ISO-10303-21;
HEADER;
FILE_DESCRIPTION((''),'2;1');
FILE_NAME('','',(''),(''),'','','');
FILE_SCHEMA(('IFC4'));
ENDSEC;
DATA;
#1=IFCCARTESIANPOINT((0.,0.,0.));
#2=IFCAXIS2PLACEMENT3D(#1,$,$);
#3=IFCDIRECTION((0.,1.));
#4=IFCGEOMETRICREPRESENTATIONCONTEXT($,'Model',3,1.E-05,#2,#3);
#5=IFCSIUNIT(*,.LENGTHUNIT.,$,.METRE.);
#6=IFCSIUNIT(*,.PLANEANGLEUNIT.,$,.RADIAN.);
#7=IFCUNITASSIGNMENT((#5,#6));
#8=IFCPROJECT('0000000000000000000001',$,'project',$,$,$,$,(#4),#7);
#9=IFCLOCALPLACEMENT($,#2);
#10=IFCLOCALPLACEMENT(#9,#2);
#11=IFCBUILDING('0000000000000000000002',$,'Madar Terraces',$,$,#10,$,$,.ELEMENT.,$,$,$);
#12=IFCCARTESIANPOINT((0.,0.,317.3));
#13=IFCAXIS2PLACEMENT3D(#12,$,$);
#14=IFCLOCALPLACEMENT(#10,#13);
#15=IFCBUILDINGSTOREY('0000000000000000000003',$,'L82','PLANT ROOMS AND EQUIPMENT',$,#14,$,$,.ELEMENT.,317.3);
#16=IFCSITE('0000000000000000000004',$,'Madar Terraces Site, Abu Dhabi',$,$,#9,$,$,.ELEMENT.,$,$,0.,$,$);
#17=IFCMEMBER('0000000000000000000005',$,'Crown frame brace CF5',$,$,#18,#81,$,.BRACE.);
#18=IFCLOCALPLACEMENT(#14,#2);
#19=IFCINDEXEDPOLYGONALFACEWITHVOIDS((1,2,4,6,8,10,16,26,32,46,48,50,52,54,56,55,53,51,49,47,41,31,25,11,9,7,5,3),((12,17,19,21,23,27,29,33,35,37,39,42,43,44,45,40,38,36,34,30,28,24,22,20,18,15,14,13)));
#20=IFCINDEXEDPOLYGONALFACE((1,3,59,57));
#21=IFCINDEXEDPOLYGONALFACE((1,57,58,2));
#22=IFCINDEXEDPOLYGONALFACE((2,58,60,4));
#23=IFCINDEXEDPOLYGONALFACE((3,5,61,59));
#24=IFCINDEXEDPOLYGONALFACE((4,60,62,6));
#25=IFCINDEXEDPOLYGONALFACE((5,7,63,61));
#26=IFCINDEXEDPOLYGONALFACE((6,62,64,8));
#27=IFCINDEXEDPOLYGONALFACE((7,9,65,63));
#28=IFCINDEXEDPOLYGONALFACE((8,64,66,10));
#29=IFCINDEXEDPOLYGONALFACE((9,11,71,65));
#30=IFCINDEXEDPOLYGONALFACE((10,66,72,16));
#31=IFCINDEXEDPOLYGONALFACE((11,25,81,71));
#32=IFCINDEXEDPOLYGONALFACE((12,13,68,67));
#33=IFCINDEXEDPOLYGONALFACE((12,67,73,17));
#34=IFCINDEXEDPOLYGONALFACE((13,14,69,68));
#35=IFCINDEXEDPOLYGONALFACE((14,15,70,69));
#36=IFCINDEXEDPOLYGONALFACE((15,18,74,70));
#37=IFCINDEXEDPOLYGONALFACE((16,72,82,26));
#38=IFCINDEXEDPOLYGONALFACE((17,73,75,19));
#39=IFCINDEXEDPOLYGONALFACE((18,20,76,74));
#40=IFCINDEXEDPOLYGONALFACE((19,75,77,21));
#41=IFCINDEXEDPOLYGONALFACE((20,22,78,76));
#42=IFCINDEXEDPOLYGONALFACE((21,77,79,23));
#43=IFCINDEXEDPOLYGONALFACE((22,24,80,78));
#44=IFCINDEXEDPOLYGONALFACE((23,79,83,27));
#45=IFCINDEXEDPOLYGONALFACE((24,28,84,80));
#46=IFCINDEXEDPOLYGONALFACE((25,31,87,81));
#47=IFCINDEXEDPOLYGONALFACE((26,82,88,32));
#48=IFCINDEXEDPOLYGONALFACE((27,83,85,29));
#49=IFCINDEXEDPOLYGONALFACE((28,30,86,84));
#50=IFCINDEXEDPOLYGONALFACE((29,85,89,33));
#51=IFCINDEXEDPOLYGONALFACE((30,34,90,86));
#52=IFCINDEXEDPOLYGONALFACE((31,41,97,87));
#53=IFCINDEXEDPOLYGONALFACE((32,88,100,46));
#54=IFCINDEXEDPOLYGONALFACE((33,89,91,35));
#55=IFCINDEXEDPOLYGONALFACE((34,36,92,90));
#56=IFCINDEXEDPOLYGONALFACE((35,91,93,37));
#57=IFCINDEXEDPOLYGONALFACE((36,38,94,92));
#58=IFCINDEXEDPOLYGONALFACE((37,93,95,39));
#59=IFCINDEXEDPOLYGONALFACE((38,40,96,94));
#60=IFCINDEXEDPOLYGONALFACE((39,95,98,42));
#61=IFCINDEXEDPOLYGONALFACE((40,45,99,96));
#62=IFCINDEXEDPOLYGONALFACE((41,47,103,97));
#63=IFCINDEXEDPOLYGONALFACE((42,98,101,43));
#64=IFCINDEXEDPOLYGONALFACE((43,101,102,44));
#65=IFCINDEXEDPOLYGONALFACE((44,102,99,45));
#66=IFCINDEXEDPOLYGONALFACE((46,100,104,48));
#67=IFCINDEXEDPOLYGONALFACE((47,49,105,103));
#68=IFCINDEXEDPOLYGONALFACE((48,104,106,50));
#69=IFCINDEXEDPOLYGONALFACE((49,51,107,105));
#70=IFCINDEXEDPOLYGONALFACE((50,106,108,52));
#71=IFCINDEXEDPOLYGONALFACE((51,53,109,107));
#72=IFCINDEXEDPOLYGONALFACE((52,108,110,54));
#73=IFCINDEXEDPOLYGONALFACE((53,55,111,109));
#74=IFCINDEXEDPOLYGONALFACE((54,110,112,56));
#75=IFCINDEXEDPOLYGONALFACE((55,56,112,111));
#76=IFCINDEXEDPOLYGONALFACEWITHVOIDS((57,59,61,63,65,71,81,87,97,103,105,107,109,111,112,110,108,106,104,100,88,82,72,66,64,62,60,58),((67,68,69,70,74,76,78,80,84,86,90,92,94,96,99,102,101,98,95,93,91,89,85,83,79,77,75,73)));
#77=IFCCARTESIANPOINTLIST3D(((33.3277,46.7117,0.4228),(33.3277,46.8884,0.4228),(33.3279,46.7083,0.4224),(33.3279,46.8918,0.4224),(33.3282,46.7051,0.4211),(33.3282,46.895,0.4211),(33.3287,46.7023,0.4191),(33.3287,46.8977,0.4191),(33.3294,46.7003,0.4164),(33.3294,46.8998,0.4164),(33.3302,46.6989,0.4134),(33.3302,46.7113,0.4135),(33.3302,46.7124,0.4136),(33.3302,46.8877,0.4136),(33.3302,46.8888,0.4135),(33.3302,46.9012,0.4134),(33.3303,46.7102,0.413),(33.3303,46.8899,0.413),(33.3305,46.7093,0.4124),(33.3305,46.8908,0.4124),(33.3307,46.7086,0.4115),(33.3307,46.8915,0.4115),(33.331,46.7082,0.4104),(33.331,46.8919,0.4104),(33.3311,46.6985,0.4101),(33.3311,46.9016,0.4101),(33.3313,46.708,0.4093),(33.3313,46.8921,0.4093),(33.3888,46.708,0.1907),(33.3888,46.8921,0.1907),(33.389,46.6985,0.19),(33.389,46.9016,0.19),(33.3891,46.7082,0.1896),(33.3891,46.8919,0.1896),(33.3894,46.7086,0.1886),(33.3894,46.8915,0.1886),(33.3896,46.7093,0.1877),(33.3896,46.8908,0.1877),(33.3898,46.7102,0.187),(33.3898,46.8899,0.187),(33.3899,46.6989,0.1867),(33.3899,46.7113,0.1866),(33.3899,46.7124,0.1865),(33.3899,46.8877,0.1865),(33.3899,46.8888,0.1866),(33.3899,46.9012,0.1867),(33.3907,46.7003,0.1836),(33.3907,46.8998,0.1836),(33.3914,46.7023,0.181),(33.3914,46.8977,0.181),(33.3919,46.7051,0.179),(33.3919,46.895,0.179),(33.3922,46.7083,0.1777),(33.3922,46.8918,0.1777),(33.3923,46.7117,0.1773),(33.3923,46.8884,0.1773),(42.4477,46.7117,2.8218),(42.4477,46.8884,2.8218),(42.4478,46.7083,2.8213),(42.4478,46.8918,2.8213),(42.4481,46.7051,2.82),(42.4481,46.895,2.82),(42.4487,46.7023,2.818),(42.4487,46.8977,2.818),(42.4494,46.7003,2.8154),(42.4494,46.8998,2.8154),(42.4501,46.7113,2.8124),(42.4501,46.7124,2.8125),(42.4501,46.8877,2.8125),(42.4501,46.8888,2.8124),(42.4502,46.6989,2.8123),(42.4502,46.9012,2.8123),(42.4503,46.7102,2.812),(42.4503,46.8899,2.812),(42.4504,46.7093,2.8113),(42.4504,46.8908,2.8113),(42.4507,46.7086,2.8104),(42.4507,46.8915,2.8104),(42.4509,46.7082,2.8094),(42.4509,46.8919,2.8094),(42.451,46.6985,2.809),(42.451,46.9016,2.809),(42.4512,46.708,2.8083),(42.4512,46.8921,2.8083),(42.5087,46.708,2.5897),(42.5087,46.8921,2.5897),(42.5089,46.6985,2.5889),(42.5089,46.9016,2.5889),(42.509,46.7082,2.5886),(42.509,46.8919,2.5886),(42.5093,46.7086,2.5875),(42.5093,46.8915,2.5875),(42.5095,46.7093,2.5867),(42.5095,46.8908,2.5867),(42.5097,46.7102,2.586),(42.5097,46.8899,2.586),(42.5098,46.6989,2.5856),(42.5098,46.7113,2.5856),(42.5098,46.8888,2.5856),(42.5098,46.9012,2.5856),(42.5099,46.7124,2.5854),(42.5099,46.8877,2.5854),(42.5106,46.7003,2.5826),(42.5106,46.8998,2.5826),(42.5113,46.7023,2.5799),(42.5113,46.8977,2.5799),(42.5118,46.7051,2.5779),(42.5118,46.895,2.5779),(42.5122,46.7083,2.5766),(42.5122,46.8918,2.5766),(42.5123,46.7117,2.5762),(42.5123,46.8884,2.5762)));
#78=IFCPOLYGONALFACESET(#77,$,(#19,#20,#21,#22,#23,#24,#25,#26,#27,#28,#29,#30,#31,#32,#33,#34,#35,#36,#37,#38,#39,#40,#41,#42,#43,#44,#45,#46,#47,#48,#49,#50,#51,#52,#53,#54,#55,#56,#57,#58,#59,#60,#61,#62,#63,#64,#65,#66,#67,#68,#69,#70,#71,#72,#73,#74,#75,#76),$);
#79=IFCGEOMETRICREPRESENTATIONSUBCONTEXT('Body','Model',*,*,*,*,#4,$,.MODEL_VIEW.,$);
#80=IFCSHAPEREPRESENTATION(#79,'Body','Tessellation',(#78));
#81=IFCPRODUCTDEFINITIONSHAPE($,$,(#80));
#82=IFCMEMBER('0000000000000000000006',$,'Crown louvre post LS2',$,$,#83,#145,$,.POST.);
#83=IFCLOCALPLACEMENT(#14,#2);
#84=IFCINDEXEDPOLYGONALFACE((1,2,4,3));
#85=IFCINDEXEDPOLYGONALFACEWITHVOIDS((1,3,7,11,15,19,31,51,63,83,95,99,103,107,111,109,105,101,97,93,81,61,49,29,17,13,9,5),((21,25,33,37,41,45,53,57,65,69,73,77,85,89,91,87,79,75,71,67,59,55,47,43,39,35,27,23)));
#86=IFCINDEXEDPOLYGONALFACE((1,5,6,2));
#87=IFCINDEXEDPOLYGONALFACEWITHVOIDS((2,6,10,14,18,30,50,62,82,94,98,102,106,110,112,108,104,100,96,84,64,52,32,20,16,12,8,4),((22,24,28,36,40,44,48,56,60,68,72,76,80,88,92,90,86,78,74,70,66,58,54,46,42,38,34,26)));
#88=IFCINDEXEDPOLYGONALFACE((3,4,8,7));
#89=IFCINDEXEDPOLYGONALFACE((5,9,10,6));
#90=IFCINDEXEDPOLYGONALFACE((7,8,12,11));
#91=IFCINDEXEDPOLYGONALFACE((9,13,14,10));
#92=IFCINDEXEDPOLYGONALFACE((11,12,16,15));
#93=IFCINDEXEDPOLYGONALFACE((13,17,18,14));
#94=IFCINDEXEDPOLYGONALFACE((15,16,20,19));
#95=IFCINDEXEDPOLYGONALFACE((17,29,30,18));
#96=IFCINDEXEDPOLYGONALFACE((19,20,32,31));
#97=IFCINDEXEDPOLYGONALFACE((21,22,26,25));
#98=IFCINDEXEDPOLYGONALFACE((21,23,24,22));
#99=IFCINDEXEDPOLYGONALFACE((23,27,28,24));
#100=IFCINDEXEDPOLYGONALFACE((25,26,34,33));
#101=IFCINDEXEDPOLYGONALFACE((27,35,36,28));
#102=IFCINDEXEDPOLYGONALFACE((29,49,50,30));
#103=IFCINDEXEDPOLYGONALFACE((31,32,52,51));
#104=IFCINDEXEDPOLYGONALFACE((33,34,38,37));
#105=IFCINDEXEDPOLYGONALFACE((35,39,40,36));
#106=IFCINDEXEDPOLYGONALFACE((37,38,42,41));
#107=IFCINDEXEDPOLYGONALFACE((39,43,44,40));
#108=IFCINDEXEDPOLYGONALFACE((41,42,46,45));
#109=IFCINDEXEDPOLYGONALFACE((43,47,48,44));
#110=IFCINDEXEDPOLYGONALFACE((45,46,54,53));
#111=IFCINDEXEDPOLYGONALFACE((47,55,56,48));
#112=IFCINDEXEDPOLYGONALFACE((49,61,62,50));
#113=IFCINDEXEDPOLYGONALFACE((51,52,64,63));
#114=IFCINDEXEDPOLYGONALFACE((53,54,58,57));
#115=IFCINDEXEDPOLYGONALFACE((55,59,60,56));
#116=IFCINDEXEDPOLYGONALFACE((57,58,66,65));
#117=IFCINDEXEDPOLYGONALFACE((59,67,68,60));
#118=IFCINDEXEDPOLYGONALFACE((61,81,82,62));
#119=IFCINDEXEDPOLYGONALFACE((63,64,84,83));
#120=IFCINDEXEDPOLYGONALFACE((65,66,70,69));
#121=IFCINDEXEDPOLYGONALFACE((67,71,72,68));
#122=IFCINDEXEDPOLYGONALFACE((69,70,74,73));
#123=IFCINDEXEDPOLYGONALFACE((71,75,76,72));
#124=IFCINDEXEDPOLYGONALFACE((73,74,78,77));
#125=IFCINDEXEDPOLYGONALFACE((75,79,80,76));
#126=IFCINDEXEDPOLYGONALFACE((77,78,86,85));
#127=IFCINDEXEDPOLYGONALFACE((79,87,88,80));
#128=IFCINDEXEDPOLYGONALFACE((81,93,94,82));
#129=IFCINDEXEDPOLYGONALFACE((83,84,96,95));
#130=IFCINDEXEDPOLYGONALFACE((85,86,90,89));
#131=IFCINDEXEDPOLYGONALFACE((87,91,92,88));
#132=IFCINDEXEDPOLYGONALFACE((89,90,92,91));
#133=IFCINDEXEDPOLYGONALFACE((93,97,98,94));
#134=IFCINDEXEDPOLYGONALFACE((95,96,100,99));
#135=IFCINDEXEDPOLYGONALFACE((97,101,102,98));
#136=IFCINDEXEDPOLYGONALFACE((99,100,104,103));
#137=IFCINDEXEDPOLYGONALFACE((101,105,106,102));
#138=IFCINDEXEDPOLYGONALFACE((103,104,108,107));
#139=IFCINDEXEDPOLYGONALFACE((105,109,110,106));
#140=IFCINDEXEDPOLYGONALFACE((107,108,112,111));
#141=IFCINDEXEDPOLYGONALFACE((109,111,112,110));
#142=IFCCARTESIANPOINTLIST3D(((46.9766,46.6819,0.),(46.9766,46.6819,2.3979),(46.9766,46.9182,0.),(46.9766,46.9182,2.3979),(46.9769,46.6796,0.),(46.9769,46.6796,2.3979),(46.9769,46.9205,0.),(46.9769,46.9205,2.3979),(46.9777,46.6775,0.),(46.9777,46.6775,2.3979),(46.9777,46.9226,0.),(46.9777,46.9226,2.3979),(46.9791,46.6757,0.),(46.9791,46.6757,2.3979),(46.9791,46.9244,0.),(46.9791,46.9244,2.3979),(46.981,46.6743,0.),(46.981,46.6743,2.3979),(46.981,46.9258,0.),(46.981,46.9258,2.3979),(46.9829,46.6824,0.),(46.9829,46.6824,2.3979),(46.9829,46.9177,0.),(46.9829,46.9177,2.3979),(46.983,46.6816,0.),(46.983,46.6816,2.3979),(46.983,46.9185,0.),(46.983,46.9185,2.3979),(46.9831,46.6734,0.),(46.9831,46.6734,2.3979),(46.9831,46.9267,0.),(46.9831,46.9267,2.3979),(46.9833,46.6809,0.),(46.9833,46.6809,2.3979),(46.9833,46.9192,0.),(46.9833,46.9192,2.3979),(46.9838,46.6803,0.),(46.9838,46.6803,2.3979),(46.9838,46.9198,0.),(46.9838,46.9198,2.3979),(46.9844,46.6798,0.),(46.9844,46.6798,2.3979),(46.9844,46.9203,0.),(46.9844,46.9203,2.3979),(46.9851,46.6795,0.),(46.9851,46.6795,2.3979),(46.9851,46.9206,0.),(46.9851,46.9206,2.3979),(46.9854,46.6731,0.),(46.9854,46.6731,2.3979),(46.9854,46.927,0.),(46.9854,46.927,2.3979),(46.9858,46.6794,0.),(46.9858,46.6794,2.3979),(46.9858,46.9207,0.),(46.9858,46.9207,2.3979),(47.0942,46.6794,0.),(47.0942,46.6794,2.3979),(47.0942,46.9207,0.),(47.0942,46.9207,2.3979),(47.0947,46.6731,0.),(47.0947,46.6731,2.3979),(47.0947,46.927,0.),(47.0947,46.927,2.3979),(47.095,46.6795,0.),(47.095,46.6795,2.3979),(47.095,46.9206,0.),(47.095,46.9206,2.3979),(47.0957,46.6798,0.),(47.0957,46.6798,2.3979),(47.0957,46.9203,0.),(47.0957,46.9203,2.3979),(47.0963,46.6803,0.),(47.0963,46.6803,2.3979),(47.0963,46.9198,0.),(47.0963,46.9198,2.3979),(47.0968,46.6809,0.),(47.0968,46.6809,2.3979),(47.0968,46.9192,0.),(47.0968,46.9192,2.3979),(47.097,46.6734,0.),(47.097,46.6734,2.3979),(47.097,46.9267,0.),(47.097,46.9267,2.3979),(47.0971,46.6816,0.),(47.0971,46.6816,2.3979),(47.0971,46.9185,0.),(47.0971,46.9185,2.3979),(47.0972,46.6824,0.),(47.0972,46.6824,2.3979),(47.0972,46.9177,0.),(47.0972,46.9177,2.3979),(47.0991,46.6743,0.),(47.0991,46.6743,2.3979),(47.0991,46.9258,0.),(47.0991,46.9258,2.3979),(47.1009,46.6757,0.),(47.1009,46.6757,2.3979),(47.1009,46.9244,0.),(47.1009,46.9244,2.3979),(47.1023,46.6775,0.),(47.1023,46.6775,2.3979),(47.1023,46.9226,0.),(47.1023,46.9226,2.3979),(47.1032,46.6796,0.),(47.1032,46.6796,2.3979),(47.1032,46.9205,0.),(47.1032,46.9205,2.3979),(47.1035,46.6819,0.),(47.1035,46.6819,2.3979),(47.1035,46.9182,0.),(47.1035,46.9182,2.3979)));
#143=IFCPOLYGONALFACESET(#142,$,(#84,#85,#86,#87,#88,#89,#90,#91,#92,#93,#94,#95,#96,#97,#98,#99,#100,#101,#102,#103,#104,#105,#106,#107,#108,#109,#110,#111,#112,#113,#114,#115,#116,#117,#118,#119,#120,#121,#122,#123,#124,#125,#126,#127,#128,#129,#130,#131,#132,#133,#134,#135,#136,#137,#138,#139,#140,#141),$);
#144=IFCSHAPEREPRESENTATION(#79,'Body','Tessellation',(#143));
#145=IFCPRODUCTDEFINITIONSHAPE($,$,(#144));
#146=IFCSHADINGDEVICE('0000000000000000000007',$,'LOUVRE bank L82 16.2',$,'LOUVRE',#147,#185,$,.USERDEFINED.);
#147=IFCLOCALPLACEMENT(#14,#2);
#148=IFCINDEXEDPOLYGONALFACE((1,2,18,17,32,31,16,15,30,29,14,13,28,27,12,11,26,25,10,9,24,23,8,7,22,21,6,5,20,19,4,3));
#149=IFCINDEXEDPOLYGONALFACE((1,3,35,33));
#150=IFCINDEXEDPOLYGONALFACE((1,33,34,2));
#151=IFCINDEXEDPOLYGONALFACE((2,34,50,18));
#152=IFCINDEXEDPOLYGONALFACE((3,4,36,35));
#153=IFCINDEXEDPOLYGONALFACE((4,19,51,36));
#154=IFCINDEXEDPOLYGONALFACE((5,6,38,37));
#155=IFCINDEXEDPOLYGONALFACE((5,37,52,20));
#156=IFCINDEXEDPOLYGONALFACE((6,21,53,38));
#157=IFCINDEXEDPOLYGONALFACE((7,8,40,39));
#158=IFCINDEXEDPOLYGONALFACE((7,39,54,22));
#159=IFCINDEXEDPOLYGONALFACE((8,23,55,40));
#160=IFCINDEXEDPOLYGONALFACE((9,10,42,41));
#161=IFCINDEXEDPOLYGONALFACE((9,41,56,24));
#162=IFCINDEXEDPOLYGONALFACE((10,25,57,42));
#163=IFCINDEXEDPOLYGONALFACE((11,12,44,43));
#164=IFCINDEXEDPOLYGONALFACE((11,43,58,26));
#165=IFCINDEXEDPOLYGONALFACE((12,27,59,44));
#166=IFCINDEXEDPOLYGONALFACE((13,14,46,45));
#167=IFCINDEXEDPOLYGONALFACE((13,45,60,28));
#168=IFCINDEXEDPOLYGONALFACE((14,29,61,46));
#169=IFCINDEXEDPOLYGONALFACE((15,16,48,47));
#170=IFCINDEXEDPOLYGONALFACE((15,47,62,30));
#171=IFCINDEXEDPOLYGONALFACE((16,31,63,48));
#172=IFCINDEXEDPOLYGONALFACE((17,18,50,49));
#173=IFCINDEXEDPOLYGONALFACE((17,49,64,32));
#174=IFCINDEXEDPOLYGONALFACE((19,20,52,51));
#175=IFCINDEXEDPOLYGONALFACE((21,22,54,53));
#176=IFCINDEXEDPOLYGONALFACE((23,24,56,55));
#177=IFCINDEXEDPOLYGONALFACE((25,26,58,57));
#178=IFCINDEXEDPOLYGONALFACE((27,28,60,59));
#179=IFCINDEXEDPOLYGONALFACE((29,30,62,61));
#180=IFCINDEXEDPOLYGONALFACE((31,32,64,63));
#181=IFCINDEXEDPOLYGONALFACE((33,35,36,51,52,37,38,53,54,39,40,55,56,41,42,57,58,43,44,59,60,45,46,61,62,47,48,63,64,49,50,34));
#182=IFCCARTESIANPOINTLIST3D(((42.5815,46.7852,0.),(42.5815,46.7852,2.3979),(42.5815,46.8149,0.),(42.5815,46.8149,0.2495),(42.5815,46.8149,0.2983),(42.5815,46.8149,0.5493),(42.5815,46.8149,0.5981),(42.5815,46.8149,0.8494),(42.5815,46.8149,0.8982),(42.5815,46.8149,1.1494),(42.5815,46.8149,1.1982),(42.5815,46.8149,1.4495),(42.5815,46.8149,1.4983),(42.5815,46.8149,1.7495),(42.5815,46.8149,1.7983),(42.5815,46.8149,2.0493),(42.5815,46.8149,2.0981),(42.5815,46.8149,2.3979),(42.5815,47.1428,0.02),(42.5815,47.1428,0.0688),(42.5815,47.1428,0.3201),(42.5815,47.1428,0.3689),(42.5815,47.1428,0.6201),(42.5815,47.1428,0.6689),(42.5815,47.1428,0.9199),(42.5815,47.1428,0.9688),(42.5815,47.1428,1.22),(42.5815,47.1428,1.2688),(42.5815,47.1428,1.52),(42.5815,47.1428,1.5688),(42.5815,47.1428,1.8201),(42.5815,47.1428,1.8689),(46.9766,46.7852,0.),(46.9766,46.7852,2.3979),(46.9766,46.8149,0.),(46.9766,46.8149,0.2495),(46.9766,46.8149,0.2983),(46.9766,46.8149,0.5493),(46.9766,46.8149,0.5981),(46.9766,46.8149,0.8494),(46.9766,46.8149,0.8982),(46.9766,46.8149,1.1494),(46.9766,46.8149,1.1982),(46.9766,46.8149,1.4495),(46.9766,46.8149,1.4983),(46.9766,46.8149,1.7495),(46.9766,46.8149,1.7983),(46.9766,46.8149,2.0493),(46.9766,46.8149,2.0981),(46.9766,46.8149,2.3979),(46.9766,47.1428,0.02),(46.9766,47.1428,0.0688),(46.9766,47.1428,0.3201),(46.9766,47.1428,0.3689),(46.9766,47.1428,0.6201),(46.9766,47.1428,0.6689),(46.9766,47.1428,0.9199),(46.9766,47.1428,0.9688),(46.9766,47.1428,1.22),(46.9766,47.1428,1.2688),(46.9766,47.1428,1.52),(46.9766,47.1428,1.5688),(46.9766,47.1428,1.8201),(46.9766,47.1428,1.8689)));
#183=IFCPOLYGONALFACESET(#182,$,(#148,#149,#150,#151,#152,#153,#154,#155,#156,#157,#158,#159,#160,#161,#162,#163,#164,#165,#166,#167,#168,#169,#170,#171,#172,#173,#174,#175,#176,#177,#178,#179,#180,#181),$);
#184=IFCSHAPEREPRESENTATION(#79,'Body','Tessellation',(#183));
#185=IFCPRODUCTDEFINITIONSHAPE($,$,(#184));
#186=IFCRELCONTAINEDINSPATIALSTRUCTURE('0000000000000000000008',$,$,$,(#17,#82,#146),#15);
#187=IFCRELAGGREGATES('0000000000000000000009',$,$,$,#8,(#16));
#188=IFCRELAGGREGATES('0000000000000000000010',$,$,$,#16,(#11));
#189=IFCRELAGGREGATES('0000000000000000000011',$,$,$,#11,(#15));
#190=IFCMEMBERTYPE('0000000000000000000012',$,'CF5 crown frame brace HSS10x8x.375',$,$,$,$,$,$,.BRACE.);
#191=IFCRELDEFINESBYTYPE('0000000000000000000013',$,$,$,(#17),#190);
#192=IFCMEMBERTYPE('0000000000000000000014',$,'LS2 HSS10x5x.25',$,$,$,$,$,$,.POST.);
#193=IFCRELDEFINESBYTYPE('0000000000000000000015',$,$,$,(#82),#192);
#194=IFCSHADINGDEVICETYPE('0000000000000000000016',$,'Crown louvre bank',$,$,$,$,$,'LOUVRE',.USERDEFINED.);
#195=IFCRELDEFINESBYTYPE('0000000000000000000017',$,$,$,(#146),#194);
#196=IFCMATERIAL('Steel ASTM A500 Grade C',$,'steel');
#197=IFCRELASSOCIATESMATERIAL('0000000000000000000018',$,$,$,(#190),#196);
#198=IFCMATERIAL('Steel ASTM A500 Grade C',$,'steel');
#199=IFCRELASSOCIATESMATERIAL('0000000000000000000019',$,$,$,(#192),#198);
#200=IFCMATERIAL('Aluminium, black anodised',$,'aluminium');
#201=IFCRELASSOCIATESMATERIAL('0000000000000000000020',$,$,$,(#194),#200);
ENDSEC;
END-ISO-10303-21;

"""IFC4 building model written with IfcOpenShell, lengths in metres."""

from ifc_helpers import new_model, si_unit, direction, frame, origin, origin_2d, place, context, subcontext, project, spatial, polyline, hollow_rectangle, outline, extrude, material, material_profile, profile_set, type_object, element, save


model = new_model("IFC4")

# Units and contexts
model_context = context("Model", 3, precision=1e-05, world=origin(), true_north=direction((0.0, 1.0)))
body_context = subcontext(model_context, "Body", "Model", "MODEL_VIEW")
ifc_project = project(units=[si_unit("LENGTHUNIT", "METRE"), si_unit("PLANEANGLEUNIT", "RADIAN")], contexts=[model_context])

# Site, building, storey
site_placement = place(None, origin())
site = spatial("IfcSite", under=ifc_project, at=site_placement, Name="Madar Terraces Site, Abu Dhabi", CompositionType="ELEMENT", RefElevation=0.0)
building_placement = place(site_placement, origin())
building = spatial("IfcBuilding", under=site, at=building_placement, Name="Madar Terraces", CompositionType="ELEMENT")
storey_placement = place(building_placement, frame((0.0, 0.0, 317.3)))
storey = spatial("IfcBuildingStorey", under=building, at=storey_placement, Name="L82", Description="PLANT ROOMS AND EQUIPMENT", CompositionType="ELEMENT", Elevation=317.3)

# Members
ifc_material_1 = material(Name="Steel ASTM A500 Grade C", Category="steel")
ifc_material_profile_1 = material_profile(ifc_material_1, hollow_rectangle(XDim=0.2031, YDim=0.2539, WallThickness=0.0095, InnerFilletRadius=0.0044, OuterFilletRadius=0.0132, at=origin_2d()), Name="HSS10x8x.375")
ifc_profile_set_1 = profile_set([ifc_material_profile_1], Name="Steel ASTM A500 Grade C")
member_type_1 = type_object("IfcMemberType", Name="CF5 crown frame brace HSS10x8x.375", PredefinedType="BRACE", material=ifc_profile_set_1)
member_1_placement = place(storey_placement, frame((42.48, 46.8, 2.699), z_axis=(-0.967102, 0.0, -0.25439), x_axis=(0.0, -1.0, 0.0)))
element("IfcMember", 1, at=member_1_placement, inside=storey, type_object=member_type_1, Name="Crown frame brace CF5", PredefinedType="BRACE", context=body_context, shape_type="SweptSolid", body=[
    extrude(hollow_rectangle(XDim=0.2031, YDim=0.2539, WallThickness=0.0095, InnerFilletRadius=0.0044, OuterFilletRadius=0.0132, at=origin_2d()), origin(), (0.0, 0.0, 1.0), 9.4302),
])
ifc_material_2 = material(Name="Steel ASTM A500 Grade C", Category="steel")
ifc_material_profile_2 = material_profile(ifc_material_2, hollow_rectangle(XDim=0.127, YDim=0.2539, WallThickness=0.0063, InnerFilletRadius=0.0029, OuterFilletRadius=0.0088, at=origin_2d()), Name="HSS10x5x.25")
ifc_profile_set_2 = profile_set([ifc_material_profile_2], Name="Steel ASTM A500 Grade C")
member_type_2 = type_object("IfcMemberType", Name="LS2 HSS10x5x.25", PredefinedType="POST", material=ifc_profile_set_2)
member_2_placement = place(storey_placement, frame((47.04, 46.8, 0.0), z_axis=(0.0, 0.0, 1.0), x_axis=(-1.0, 0.0, 0.0)))
element("IfcMember", 2, at=member_2_placement, inside=storey, type_object=member_type_2, Name="Crown louvre post LS2", PredefinedType="POST", context=body_context, shape_type="SweptSolid", body=[
    extrude(hollow_rectangle(XDim=0.127, YDim=0.2539, WallThickness=0.0063, InnerFilletRadius=0.0029, OuterFilletRadius=0.0088, at=origin_2d()), origin(), (0.0, 0.0, 1.0), 2.3979),
])

# Shading device
ifc_material_3 = material(Name="Aluminium, black anodised", Category="aluminium")
shading_device_type = type_object("IfcShadingDeviceType", Name="Crown louvre bank", ElementType="LOUVRE", PredefinedType="USERDEFINED", material=ifc_material_3)
shading_device_1_placement = place(storey_placement, frame((46.9766, 46.8, 0.0), z_axis=(-1.0, 0.0, 0.0), x_axis=(0.0, -1.0, 0.0)))
element("IfcShadingDevice", 3, at=shading_device_1_placement, inside=storey, type_object=shading_device_type, Name="LOUVRE bank L82 16.2", ObjectType="LOUVRE", PredefinedType="USERDEFINED", context=body_context, shape_type="SweptSolid", body=[
    extrude(outline(polyline([(0.0149, 0.0), (-0.0149, 0.0), (-0.0149, 0.2495), (-0.3428, 0.02), (-0.3428, 0.0688), (-0.0149, 0.2983), (-0.0149, 0.5493), (-0.3428, 0.3201), (-0.3428, 0.3689), (-0.0149, 0.5981), (-0.0149, 0.8494), (-0.3428, 0.6201), (-0.3428, 0.6689), (-0.0149, 0.8982), (-0.0149, 1.1494), (-0.3428, 0.9199), (-0.3428, 0.9688), (-0.0149, 1.1982), (-0.0149, 1.4495), (-0.3428, 1.22), (-0.3428, 1.2688), (-0.0149, 1.4983), (-0.0149, 1.7495), (-0.3428, 1.52), (-0.3428, 1.5688), (-0.0149, 1.7983), (-0.0149, 2.0493), (-0.3428, 1.8201), (-0.3428, 1.8689), (-0.0149, 2.0981), (-0.0149, 2.3979), (0.0149, 2.3979), (0.0149, 0.0)])), origin(), (0.0, 0.0, 1.0), 4.395),
])

save(model, "model.ifc")
